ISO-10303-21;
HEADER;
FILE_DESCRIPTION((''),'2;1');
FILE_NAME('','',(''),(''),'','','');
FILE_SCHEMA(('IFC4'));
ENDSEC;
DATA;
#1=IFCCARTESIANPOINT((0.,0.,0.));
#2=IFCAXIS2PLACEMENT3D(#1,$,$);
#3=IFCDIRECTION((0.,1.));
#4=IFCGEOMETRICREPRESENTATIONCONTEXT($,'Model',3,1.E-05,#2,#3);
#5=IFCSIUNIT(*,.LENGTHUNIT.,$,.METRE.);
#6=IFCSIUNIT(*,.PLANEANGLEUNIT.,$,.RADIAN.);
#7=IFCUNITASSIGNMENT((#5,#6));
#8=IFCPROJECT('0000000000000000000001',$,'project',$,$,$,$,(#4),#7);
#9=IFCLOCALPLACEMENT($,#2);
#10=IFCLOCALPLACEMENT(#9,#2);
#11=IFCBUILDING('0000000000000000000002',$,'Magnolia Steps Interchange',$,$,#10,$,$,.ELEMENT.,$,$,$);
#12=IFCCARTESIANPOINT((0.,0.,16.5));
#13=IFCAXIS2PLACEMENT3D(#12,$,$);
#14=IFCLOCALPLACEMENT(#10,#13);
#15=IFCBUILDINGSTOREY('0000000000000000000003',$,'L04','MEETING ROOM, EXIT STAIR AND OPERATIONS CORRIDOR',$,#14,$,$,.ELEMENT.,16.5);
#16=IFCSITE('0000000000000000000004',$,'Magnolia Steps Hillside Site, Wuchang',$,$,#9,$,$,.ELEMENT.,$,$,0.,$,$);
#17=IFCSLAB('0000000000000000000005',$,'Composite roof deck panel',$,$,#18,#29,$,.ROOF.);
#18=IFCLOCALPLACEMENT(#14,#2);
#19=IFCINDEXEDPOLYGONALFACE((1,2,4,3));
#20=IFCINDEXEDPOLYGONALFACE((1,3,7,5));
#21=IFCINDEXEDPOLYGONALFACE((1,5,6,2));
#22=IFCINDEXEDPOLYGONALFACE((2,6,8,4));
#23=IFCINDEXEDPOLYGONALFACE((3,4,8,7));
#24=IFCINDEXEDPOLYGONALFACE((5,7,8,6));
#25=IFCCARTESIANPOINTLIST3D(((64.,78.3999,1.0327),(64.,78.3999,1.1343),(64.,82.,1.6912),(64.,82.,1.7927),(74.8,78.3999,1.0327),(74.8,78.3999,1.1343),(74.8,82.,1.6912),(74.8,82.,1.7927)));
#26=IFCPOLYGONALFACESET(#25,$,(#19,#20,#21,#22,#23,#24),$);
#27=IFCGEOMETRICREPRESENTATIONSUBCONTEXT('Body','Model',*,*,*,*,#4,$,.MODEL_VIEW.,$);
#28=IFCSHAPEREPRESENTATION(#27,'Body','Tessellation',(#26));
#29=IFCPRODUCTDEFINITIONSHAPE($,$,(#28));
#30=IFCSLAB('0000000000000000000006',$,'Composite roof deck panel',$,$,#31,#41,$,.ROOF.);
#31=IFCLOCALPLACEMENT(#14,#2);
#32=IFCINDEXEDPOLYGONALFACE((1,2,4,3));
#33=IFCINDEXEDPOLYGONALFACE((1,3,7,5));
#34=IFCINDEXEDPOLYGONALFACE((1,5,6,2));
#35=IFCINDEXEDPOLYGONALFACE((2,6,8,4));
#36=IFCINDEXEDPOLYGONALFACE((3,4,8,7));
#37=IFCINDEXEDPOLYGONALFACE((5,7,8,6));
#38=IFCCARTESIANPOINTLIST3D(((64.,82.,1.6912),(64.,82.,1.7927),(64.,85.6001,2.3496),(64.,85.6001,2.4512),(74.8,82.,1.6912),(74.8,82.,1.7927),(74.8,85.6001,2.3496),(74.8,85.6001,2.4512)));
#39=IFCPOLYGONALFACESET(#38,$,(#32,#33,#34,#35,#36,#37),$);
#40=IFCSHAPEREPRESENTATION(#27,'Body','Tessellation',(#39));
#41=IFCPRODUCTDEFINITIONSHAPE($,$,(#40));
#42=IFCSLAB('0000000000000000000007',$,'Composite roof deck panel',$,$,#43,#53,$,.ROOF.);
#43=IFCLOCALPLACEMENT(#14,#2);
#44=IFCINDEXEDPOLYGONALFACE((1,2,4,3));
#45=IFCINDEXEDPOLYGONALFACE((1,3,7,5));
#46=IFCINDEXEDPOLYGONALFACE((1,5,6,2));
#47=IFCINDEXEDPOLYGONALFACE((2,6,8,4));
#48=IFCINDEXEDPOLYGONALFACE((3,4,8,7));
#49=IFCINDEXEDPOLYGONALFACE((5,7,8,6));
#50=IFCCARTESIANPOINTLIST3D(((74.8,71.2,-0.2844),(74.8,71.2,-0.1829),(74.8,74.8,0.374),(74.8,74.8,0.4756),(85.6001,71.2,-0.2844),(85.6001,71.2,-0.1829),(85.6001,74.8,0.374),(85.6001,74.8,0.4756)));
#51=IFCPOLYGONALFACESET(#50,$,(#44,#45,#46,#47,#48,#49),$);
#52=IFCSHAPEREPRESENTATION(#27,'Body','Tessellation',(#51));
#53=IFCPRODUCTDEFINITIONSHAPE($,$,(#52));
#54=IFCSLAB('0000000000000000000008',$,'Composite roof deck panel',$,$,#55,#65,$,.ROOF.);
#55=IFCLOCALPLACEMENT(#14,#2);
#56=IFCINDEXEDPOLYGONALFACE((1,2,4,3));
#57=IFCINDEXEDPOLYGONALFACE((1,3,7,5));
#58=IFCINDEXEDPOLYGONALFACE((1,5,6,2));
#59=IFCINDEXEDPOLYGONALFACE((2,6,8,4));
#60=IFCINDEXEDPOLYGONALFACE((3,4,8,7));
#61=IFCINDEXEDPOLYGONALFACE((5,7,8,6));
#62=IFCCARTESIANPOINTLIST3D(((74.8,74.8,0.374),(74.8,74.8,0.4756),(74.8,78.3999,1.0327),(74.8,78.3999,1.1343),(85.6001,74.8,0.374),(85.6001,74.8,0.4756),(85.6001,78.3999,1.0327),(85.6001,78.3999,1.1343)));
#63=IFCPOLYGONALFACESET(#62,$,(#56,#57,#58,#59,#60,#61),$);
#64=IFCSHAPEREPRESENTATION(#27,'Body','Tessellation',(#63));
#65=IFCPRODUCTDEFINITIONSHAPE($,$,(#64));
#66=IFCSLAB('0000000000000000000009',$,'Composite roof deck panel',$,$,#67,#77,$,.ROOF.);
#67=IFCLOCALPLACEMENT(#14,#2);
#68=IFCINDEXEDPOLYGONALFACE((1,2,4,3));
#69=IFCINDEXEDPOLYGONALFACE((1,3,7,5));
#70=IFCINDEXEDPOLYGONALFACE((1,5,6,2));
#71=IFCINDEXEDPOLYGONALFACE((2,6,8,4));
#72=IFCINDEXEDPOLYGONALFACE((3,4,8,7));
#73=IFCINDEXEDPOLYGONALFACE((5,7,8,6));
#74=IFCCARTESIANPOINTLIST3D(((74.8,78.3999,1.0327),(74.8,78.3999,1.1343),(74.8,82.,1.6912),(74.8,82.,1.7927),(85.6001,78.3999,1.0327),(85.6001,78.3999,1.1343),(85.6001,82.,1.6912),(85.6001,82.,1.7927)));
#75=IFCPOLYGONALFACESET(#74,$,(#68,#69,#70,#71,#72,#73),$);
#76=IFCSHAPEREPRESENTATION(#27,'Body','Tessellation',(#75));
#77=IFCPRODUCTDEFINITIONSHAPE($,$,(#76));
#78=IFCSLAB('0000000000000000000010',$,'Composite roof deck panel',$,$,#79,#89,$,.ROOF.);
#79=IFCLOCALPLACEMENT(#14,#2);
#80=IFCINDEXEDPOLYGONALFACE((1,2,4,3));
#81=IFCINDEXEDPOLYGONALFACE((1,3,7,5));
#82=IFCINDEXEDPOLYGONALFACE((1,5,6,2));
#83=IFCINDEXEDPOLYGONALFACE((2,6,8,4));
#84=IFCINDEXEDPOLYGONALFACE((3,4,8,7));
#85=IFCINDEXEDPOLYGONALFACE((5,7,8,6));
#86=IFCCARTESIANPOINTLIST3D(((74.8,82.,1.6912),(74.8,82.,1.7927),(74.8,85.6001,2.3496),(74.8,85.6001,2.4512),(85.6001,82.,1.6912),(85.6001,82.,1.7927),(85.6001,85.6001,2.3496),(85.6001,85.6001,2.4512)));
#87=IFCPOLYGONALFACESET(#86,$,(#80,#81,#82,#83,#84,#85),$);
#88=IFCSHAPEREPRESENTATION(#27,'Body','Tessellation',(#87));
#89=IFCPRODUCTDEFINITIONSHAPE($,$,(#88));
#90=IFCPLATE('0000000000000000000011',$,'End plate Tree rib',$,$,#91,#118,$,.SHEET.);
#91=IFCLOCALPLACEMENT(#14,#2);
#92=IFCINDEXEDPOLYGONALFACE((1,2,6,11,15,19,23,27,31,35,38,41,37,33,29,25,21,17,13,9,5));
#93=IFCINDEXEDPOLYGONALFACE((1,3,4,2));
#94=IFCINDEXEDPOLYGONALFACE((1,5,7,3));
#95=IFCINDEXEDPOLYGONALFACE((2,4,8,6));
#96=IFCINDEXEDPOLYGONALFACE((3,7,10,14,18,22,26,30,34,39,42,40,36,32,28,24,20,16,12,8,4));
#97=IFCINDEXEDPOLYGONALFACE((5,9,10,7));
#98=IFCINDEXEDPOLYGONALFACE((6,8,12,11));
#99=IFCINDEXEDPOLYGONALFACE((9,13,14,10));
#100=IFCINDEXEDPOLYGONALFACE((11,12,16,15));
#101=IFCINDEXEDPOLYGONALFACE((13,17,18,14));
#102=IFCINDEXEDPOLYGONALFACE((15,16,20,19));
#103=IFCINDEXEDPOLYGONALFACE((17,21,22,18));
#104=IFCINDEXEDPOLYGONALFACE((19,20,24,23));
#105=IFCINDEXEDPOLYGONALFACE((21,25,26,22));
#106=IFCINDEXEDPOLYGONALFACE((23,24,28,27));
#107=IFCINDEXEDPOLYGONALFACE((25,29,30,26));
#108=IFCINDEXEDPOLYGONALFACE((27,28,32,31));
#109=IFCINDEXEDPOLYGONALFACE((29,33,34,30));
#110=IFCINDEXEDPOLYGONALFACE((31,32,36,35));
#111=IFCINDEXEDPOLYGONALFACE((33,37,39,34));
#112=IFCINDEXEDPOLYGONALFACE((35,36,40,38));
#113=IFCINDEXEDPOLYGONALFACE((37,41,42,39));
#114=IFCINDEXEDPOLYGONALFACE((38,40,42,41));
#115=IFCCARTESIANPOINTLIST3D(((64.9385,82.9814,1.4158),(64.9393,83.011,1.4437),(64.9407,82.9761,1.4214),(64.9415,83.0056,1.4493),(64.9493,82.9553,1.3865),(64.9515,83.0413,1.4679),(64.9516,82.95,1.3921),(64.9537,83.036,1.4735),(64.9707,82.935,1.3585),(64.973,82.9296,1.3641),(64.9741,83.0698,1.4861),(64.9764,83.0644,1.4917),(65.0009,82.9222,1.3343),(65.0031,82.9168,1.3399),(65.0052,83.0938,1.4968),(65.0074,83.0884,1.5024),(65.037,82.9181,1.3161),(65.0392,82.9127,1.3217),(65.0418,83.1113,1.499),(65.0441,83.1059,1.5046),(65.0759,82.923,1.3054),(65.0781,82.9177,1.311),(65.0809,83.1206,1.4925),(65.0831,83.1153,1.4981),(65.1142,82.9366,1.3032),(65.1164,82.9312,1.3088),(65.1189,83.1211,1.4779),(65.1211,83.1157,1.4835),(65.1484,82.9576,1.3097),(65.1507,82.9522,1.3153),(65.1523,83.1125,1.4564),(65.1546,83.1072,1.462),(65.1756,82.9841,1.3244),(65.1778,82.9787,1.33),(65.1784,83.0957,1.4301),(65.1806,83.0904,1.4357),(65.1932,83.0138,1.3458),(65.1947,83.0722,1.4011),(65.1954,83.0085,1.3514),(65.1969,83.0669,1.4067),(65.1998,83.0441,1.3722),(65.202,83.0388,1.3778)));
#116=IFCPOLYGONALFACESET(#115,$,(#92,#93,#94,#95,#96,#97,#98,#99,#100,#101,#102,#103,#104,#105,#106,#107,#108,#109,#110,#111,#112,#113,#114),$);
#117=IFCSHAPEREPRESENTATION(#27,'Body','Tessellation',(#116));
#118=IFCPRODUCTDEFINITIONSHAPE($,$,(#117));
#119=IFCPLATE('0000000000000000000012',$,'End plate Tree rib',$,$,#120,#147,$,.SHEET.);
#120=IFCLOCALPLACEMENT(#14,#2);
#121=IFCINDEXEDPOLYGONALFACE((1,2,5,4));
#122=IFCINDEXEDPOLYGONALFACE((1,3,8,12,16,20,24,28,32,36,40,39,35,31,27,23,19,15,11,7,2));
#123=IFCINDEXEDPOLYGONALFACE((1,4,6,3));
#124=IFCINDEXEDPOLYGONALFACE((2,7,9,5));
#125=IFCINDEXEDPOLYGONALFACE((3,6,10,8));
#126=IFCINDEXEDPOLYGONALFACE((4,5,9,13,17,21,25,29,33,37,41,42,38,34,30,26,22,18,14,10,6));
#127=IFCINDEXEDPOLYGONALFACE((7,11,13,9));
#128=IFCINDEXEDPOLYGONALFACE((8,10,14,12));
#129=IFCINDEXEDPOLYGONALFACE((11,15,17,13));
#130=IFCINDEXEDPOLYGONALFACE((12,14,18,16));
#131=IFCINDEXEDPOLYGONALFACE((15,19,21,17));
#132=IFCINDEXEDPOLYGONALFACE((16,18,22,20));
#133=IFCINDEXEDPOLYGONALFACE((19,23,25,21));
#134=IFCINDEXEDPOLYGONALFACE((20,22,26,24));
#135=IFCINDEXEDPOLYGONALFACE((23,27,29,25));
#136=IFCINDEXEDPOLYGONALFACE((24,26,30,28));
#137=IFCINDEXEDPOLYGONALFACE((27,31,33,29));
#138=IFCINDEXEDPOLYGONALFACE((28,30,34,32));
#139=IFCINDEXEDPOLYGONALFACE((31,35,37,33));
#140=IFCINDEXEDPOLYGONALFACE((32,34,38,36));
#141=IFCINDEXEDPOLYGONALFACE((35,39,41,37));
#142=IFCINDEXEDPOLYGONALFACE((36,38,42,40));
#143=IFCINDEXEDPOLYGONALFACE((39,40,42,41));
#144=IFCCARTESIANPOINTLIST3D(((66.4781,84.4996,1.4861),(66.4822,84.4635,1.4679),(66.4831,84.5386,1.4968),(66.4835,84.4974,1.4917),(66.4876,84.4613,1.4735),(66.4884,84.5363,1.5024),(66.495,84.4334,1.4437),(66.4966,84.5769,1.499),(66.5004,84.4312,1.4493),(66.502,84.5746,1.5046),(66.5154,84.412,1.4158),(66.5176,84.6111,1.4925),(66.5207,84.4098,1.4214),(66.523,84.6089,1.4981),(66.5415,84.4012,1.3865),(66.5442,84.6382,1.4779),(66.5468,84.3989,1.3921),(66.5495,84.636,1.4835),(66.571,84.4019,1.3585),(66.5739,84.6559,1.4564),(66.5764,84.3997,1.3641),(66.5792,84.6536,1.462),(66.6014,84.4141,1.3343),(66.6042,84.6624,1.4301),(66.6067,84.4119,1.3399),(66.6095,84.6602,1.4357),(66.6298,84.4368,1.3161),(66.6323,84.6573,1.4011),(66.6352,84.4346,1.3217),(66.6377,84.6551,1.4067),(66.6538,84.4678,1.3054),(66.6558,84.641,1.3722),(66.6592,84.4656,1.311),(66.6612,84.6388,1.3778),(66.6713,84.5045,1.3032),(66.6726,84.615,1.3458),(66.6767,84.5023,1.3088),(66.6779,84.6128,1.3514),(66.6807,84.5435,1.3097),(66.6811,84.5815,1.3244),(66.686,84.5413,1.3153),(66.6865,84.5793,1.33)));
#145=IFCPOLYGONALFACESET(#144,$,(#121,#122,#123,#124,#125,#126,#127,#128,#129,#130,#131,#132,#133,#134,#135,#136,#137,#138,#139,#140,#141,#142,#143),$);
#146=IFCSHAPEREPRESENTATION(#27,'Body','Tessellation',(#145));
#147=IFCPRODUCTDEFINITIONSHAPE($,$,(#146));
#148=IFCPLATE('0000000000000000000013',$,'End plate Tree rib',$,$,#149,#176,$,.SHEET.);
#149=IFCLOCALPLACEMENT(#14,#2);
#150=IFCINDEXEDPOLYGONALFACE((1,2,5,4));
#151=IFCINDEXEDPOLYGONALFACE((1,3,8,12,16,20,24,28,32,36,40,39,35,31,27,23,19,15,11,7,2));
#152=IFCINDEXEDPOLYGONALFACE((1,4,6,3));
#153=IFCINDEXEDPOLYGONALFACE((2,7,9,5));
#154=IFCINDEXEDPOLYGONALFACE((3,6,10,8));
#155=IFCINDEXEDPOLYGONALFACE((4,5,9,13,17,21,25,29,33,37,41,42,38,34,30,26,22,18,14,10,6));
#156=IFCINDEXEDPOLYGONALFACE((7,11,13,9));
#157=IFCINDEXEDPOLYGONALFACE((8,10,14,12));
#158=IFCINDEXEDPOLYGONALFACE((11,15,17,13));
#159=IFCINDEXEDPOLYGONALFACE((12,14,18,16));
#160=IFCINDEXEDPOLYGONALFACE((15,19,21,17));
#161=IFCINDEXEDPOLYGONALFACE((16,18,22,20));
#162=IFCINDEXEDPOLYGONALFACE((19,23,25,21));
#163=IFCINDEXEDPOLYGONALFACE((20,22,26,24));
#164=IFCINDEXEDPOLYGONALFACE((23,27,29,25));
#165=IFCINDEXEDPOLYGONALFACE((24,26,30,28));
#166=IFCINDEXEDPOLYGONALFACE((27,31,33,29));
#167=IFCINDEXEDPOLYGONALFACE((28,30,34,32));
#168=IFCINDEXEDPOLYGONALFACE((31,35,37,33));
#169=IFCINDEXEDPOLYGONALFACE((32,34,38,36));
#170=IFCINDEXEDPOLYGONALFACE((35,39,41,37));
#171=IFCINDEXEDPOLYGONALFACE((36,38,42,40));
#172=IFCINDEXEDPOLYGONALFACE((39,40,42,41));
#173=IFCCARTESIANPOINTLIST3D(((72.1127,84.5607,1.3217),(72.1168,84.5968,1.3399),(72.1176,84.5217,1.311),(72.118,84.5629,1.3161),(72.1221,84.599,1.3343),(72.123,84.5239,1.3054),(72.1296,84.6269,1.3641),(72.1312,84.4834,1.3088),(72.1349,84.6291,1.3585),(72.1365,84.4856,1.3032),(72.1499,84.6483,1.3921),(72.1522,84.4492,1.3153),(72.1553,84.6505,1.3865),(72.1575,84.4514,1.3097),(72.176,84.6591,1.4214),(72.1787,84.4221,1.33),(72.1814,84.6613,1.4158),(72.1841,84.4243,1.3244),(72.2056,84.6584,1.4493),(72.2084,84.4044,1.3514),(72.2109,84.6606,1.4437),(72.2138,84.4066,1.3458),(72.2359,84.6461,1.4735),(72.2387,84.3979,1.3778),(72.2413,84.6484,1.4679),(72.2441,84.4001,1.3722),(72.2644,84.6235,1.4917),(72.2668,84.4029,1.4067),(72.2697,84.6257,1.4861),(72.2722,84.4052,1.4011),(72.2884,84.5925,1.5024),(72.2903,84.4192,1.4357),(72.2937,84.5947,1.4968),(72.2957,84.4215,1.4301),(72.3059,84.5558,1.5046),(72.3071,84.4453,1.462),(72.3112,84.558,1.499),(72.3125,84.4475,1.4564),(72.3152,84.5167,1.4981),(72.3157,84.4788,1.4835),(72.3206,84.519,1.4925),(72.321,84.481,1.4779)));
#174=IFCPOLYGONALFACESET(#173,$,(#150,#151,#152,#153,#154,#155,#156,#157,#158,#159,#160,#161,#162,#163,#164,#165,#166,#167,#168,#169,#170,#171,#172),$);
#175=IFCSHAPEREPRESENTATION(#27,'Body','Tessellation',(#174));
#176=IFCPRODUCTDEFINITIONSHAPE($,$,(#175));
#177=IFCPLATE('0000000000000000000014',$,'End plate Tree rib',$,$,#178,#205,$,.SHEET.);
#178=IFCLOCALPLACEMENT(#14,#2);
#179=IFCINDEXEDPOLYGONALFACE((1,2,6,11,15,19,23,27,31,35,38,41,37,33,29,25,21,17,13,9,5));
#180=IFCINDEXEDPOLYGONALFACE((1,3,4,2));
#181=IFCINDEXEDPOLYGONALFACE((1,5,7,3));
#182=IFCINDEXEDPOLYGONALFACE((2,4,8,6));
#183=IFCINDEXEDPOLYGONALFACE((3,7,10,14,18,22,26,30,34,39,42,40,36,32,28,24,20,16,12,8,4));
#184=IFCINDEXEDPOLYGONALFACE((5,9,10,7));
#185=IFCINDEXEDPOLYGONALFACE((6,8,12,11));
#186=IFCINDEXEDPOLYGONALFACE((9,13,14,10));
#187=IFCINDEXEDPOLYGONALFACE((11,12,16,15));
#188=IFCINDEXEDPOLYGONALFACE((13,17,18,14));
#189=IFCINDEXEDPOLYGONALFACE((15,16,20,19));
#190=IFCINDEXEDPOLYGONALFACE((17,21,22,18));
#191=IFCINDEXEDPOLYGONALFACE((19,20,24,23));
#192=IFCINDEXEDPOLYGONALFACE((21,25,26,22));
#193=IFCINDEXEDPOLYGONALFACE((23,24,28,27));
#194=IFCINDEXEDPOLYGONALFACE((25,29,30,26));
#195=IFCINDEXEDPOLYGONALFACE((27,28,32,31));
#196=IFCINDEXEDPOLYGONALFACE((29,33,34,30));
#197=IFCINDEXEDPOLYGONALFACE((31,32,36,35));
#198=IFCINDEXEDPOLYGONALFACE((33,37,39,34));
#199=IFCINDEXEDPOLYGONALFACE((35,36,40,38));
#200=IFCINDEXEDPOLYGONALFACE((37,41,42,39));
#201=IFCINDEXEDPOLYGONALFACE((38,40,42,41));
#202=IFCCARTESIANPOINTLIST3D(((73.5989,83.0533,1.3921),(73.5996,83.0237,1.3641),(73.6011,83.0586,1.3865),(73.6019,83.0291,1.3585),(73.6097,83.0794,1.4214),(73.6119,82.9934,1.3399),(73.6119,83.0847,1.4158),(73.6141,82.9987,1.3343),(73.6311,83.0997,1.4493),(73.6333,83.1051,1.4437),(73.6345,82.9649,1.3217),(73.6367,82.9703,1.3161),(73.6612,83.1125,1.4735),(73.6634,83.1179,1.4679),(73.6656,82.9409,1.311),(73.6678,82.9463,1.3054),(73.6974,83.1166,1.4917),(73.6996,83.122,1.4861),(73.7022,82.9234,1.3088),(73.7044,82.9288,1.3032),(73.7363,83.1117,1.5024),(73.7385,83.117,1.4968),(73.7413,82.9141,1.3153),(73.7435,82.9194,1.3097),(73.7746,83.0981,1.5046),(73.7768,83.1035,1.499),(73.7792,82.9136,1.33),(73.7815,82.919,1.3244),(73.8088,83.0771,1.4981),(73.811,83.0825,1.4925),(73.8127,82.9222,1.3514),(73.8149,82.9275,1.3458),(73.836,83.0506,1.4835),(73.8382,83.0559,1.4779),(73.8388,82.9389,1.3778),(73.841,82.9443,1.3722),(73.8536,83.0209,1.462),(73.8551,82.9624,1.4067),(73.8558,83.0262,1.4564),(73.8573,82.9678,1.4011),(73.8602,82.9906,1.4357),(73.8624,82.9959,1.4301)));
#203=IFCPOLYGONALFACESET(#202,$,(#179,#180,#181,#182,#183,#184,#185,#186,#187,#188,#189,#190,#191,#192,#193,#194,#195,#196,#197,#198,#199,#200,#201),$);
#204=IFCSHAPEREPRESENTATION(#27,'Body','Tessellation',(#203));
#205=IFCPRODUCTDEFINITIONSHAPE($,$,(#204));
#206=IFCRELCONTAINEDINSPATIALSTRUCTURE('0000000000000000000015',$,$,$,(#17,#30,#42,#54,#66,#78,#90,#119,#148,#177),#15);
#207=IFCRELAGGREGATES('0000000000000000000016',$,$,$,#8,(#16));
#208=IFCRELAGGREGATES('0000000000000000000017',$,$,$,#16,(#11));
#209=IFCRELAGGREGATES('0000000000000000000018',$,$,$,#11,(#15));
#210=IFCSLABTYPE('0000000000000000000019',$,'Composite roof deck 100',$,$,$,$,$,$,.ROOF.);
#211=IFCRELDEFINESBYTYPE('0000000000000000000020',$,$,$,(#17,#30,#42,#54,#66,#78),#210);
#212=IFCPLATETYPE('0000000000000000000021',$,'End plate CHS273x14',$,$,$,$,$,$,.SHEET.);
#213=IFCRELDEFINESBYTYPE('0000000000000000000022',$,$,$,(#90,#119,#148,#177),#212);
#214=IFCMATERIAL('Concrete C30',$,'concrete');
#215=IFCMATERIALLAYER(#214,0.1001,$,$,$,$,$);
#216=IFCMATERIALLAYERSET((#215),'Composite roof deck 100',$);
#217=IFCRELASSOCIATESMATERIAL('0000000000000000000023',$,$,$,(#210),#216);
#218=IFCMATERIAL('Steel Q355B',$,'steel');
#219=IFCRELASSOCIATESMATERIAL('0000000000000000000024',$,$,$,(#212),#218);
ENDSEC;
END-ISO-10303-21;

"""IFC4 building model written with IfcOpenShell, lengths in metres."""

from ifc_helpers import new_model, si_unit, direction, frame, origin, origin_2d, place, context, subcontext, project, spatial, polyline, circle, outline, extrude, material, layer, layer_set, material_profile, profile_set, type_object, element, save


model = new_model("IFC4")

# Units and contexts
model_context = context("Model", 3, precision=1e-05, world=origin(), true_north=direction((0.0, 1.0)))
body_context = subcontext(model_context, "Body", "Model", "MODEL_VIEW")
ifc_project = project(units=[si_unit("LENGTHUNIT", "METRE"), si_unit("PLANEANGLEUNIT", "RADIAN")], contexts=[model_context])

# Site, building, storey
site_placement = place(None, origin())
site = spatial("IfcSite", under=ifc_project, at=site_placement, Name="Magnolia Steps Hillside Site, Wuchang", CompositionType="ELEMENT", RefElevation=0.0)
building_placement = place(site_placement, origin())
building = spatial("IfcBuilding", under=site, at=building_placement, Name="Magnolia Steps Interchange", CompositionType="ELEMENT")
storey_placement = place(building_placement, frame((0.0, 0.0, 16.5)))
storey = spatial("IfcBuildingStorey", under=building, at=storey_placement, Name="L04", Description="MEETING ROOM, EXIT STAIR AND OPERATIONS CORRIDOR", CompositionType="ELEMENT", Elevation=16.5)

# Slabs
ifc_material_1 = material(Name="Concrete C30", Category="concrete")
ifc_layer = layer(ifc_material_1, 0.1001)
ifc_layer_set = layer_set([ifc_layer], Name="Composite roof deck 100")
slab_type = type_object("IfcSlabType", Name="Composite roof deck 100", PredefinedType="ROOF", material=ifc_layer_set)
for number, where, z_axis, x_axis, name in (
    (1, (74.8, 78.3999, 1.1343), (0.0, -0.179913, 0.983683), (0.0, 0.983683, 0.179913), "Composite roof deck panel"),
    (2, (74.8, 82.0, 1.7927), (0.0, -0.179913, 0.983683), (0.0, 0.983683, 0.179913), "Composite roof deck panel"),
    (3, (85.6001, 71.2, -0.1829), (0.0, -0.179913, 0.983683), (0.0, 0.983683, 0.179913), "Composite roof deck panel"),
):
    element("IfcSlab", number, at=place(storey_placement, frame(where, z_axis=z_axis, x_axis=x_axis)), inside=storey, type_object=slab_type, Name=name, PredefinedType="ROOF", context=body_context, shape_type="SweptSolid", body=[
        extrude(outline(polyline([(0.0, 0.0), (3.6598, 0.0), (3.6598, 10.8), (0.0, 10.8), (0.0, 0.0)])), origin(), (-0.179913, 0.0, -0.983683), 0.1016),
    ])
slab_1_placement = place(storey_placement, frame((85.6001, 74.8, 0.4756), z_axis=(0.0, -0.179989, 0.983669), x_axis=(0.0, 0.983669, 0.179989)))
element("IfcSlab", 4, at=slab_1_placement, inside=storey, type_object=slab_type, Name="Composite roof deck panel", PredefinedType="ROOF", context=body_context, shape_type="SweptSolid", body=[
    extrude(outline(polyline([(0.0, 0.0), (3.6596, 0.0), (3.6596, 10.8), (0.0, 10.8), (0.0, 0.0)])), origin(), (-0.179989, 0.0, -0.983669), 0.1016),
])
for number, where, z_axis, x_axis, name in (
    (5, (85.6001, 78.3999, 1.1343), (0.0, -0.179913, 0.983683), (0.0, 0.983683, 0.179913), "Composite roof deck panel"),
    (6, (85.6001, 82.0, 1.7927), (0.0, -0.179913, 0.983683), (0.0, 0.983683, 0.179913), "Composite roof deck panel"),
):
    element("IfcSlab", number, at=place(storey_placement, frame(where, z_axis=z_axis, x_axis=x_axis)), inside=storey, type_object=slab_type, Name=name, PredefinedType="ROOF", context=body_context, shape_type="SweptSolid", body=[
        extrude(outline(polyline([(0.0, 0.0), (3.6598, 0.0), (3.6598, 10.8), (0.0, 10.8), (0.0, 0.0)])), origin(), (-0.179913, 0.0, -0.983683), 0.1016),
    ])

# Plates
ifc_material_2 = material(Name="Steel Q355B", Category="steel")
ifc_material_profile_1 = material_profile(ifc_material_2, circle(Radius=0.1365, at=origin_2d()), Name="End plate CHS273x14")
ifc_profile_set_1 = profile_set([ifc_material_profile_1], Name="Steel Q355B")
plate_type = type_object("IfcPlateType", Name="End plate CHS273x14", PredefinedType="SHEET", material=ifc_profile_set_1)
for number, where, z_axis, x_axis, name in (
    (7, (65.0686, 83.02, 1.4011), (0.275279, -0.664583, 0.694658), (0.92388, 0.382683, 0.0), "End plate Tree rib"),
    (8, (66.5801, 84.5312, 1.4011), (0.664583, -0.275279, 0.694658), (0.382683, 0.92388, 0.0), "End plate Tree rib"),
    (9, (72.22, 84.5312, 1.4011), (-0.664583, -0.275279, 0.694658), (0.382683, -0.92388, 0.0), "End plate Tree rib"),
    (10, (73.7312, 83.02, 1.4011), (-0.275279, -0.664583, 0.694658), (0.92388, -0.382683, 0.0), "End plate Tree rib"),
):
    element("IfcPlate", number, at=place(storey_placement, frame(where, z_axis=z_axis, x_axis=x_axis)), inside=storey, type_object=plate_type, Name=name, PredefinedType="SHEET", context=body_context, shape_type="SweptSolid", body=[
        extrude(circle(Radius=0.1365, at=origin_2d()), origin(), (0.0, 0.0, 1.0), 0.0081),
    ])

save(model, "model.ifc")
